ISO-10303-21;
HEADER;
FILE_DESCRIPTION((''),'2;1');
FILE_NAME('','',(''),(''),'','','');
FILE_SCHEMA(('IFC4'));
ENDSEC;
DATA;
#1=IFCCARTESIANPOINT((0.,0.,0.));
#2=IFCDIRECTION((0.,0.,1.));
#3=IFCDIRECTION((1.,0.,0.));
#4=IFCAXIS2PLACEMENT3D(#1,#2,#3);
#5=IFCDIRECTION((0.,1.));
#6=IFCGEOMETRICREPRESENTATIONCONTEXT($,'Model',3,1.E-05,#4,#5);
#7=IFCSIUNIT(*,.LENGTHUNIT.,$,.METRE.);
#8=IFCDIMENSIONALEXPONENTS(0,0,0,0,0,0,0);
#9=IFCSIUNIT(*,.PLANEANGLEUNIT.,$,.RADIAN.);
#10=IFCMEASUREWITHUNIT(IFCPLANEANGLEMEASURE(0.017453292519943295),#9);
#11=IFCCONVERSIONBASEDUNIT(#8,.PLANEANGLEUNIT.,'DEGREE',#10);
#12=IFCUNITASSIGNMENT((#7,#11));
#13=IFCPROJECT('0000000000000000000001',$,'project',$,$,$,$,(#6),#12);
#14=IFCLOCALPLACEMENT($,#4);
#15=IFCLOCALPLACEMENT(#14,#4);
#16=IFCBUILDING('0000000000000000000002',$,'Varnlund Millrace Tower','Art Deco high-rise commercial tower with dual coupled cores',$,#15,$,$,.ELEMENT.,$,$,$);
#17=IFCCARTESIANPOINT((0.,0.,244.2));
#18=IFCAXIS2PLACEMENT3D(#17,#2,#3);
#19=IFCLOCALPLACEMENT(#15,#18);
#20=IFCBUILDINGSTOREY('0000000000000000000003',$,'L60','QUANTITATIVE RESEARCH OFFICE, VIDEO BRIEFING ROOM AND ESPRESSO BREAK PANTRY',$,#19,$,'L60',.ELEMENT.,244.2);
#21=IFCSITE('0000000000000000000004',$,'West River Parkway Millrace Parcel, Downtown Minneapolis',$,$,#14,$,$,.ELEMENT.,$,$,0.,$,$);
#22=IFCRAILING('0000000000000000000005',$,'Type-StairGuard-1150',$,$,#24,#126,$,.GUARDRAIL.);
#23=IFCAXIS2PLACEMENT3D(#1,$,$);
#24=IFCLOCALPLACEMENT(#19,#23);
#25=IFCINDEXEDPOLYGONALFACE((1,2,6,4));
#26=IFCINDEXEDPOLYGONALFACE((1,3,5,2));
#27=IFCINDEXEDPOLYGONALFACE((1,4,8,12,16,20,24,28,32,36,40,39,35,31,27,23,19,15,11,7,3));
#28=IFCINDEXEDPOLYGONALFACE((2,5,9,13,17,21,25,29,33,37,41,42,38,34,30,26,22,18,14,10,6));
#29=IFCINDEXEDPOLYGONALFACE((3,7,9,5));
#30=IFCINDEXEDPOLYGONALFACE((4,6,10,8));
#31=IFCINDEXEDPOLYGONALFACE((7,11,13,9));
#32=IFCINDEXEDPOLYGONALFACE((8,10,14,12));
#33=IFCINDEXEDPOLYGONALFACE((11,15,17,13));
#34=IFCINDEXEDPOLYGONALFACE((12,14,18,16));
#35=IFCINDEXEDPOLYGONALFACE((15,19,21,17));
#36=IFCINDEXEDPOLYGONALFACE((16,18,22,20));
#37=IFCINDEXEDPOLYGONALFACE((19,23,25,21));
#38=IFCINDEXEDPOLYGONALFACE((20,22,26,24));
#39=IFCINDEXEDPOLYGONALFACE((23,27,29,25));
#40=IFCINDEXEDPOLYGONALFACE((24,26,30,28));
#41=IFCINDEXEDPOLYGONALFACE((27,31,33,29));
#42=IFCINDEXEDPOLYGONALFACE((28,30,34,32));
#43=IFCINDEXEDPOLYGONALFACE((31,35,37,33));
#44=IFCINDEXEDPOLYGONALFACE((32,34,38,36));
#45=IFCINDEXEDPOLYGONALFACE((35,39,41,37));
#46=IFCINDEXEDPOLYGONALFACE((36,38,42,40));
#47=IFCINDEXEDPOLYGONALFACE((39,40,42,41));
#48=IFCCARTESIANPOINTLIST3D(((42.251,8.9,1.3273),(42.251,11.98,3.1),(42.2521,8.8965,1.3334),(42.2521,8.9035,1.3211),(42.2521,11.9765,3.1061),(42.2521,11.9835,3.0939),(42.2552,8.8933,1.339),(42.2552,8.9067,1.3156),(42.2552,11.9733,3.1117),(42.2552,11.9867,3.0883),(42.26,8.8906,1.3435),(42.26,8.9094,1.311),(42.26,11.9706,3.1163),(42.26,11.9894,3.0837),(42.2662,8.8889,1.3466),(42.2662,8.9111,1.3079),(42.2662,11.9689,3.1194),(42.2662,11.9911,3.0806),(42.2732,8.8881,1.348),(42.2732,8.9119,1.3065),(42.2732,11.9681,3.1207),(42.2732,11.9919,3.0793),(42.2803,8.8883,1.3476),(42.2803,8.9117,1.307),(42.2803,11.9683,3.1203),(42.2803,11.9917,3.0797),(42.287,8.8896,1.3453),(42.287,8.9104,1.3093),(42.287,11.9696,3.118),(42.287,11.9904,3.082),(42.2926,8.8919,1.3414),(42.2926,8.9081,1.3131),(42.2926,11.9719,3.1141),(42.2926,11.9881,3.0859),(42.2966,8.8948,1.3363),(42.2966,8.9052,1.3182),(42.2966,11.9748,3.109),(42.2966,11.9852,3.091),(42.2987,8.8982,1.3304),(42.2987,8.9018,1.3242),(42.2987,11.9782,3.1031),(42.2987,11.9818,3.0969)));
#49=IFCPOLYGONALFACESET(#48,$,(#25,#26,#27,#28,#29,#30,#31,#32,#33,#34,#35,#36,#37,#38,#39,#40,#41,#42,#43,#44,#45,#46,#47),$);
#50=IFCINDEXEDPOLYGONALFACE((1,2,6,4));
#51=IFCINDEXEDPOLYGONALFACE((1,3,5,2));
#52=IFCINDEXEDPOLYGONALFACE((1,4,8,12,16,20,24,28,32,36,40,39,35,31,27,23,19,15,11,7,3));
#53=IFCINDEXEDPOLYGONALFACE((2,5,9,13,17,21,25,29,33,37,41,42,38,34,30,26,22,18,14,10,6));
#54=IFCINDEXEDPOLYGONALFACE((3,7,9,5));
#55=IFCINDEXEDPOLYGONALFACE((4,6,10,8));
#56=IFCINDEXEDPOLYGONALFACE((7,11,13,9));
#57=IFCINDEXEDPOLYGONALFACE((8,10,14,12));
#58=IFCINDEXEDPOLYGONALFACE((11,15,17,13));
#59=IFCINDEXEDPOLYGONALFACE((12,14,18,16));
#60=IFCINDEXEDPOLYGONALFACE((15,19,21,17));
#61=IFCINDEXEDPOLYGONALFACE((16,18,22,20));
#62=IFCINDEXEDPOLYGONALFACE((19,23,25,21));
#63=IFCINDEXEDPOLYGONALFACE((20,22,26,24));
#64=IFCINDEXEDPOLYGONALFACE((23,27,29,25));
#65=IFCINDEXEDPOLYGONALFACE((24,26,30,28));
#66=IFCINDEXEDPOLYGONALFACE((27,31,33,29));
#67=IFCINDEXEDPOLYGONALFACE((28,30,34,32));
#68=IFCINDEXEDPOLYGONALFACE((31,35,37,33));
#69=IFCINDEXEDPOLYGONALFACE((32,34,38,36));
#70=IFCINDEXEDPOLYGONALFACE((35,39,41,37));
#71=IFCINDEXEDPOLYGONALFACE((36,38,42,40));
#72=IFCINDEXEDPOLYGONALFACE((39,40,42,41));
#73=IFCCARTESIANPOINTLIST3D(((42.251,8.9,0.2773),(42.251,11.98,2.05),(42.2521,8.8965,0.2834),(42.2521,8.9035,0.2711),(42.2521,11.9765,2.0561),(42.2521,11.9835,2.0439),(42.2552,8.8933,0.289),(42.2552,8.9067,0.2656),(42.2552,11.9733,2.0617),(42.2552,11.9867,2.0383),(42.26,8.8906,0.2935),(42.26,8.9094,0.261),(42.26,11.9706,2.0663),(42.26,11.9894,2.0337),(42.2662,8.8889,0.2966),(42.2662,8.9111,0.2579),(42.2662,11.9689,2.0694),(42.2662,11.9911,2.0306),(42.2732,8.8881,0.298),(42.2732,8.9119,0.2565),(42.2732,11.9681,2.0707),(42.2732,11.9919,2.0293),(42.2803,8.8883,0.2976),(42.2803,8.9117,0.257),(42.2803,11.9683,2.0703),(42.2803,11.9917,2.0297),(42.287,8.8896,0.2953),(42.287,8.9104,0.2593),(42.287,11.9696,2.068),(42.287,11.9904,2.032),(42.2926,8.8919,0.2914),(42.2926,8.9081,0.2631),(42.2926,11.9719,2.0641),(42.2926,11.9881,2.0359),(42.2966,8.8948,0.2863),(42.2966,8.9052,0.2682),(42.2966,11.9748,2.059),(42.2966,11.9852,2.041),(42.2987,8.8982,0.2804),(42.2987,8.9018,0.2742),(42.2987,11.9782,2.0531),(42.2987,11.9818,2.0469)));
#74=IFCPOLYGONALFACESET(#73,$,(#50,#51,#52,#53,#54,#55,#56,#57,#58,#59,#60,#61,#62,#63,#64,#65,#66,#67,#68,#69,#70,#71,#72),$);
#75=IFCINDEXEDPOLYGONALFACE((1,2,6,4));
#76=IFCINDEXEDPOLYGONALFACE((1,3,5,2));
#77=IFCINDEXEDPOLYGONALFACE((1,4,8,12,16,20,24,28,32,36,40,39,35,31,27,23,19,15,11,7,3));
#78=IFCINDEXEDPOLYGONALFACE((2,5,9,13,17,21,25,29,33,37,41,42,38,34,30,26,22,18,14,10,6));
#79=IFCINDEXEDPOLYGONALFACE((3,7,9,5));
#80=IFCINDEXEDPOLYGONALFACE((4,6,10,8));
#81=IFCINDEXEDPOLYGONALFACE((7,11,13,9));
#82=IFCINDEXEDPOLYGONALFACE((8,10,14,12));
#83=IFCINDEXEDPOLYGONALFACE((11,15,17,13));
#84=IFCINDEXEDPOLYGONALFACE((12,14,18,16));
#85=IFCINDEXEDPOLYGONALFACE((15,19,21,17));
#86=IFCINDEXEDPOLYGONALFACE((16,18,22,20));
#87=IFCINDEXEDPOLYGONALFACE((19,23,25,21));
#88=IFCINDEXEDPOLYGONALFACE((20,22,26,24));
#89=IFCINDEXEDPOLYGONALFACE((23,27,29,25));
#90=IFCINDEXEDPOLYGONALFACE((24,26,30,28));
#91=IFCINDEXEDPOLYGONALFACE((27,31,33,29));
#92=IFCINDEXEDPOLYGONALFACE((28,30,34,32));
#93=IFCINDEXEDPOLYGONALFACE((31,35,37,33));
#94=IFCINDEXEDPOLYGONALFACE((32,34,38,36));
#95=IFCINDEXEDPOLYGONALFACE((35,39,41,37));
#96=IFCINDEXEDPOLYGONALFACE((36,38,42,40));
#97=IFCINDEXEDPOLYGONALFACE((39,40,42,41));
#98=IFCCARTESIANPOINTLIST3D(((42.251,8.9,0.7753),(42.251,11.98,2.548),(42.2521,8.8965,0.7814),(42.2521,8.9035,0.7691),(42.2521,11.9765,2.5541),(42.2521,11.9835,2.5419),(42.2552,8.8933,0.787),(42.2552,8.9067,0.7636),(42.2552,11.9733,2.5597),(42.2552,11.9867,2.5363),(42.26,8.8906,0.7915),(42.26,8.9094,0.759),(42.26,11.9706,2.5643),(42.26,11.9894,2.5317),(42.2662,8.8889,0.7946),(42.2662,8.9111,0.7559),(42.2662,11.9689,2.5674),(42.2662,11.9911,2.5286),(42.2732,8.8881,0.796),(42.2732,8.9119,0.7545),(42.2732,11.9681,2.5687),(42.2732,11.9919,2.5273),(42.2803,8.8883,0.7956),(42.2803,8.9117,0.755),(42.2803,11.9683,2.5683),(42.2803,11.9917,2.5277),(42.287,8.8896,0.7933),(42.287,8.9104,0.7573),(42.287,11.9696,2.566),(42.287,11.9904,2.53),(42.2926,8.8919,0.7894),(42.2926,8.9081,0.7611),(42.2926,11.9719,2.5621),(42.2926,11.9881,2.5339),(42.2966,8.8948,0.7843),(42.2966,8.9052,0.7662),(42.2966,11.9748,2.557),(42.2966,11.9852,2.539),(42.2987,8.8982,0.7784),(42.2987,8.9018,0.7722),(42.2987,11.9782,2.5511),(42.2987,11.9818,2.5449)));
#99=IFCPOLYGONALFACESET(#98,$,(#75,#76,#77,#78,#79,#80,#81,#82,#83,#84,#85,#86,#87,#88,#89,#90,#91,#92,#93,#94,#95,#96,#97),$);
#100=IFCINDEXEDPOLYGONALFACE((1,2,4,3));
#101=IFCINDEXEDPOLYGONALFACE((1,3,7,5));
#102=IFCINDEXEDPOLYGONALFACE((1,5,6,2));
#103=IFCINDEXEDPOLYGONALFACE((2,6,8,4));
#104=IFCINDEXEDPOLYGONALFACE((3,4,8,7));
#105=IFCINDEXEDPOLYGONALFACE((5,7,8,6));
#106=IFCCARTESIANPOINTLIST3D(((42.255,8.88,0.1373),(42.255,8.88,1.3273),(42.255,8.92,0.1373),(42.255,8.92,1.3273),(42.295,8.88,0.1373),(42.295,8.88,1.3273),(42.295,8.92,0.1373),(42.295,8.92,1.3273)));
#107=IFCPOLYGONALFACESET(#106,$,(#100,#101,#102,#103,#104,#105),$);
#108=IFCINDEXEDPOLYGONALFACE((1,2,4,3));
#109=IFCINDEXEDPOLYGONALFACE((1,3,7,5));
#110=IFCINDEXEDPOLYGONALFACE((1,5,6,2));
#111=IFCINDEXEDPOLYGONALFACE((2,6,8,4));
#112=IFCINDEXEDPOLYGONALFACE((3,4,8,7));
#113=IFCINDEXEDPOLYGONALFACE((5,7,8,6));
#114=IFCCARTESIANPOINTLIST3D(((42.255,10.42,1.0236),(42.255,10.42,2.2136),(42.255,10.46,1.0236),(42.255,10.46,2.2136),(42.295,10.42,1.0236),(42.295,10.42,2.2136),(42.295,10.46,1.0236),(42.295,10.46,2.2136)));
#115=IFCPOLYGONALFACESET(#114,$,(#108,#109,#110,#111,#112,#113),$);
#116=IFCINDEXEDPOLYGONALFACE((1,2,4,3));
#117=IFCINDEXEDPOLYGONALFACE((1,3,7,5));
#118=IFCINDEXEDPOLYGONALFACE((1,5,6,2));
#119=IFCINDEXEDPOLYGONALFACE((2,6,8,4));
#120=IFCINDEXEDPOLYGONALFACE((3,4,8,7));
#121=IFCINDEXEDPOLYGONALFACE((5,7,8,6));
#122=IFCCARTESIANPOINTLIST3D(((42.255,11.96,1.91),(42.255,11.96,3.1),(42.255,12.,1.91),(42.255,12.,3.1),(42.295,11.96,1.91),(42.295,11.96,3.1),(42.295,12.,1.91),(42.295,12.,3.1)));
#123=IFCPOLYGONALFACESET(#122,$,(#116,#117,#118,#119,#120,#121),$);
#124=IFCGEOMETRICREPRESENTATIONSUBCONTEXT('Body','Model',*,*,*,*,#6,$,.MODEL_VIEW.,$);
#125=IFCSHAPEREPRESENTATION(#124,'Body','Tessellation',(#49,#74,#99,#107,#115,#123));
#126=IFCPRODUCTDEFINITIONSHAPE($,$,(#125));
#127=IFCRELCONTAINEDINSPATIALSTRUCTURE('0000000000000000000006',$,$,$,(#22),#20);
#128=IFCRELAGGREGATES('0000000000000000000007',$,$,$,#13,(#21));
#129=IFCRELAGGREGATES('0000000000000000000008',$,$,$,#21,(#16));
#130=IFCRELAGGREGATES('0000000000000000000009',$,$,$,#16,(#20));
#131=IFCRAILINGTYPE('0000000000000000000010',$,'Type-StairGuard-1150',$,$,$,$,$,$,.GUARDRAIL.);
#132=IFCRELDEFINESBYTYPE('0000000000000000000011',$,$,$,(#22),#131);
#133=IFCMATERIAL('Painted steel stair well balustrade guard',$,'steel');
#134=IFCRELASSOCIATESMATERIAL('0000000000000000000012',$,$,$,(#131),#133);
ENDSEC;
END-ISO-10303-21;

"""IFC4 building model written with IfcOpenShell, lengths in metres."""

from ifc_helpers import new_model, entity, si_unit, converted_unit, direction, frame, origin_with_axes, origin_2d_with_axis, place, context, subcontext, project, spatial, rectangle, circle, extrude, material, type_object, element, save


model = new_model("IFC4")

# Units and contexts
model_context = context("Model", 3, precision=1e-05, world=origin_with_axes(), true_north=direction((0.0, 1.0)))
body_context = subcontext(model_context, "Body", "Model", "MODEL_VIEW")
ifc_project = project(units=[si_unit("LENGTHUNIT", "METRE"), converted_unit("PLANEANGLEUNIT", "DEGREE", entity("IfcPlaneAngleMeasure", 0.017453292519943295), si_unit("PLANEANGLEUNIT", "RADIAN"), dimensions=[0, 0, 0, 0, 0, 0, 0])], contexts=[model_context])

# Site, building, storey
site_placement = place(None, origin_with_axes())
site = spatial("IfcSite", under=ifc_project, at=site_placement, Name="West River Parkway Millrace Parcel, Downtown Minneapolis", CompositionType="ELEMENT", RefElevation=0.0)
building_placement = place(site_placement, origin_with_axes())
building = spatial("IfcBuilding", under=site, at=building_placement, Name="Varnlund Millrace Tower", Description="Art Deco high-rise commercial tower with dual coupled cores", CompositionType="ELEMENT")
storey_placement = place(building_placement, frame((0.0, 0.0, 244.2), z_axis=(0.0, 0.0, 1.0), x_axis=(1.0, 0.0, 0.0)))
storey = spatial("IfcBuildingStorey", under=building, at=storey_placement, Name="L60", Description="QUANTITATIVE RESEARCH OFFICE, VIDEO BRIEFING ROOM AND ESPRESSO BREAK PANTRY", LongName="L60", CompositionType="ELEMENT", Elevation=244.2)

# Railing
ifc_material_1 = material(Name="Painted steel stair well balustrade guard", Category="steel")
railing_type_1 = type_object("IfcRailingType", Name="Type-StairGuard-1150", PredefinedType="GUARDRAIL", material=ifc_material_1)
railing_1_placement = place(storey_placement, frame((0.0, 0.0, -244.2), z_axis=(0.0, 0.0, 1.0), x_axis=(1.0, 0.0, 0.0)))
element("IfcRailing", 1, at=railing_1_placement, inside=storey, type_object=railing_type_1, Name="Type-StairGuard-1150", PredefinedType="GUARDRAIL", context=body_context, shape_type="SweptSolid", body=[
    extrude(circle(Radius=0.024, at=origin_2d_with_axis()), frame((42.275, 8.9, 245.5273), z_axis=(0.0, 0.866696, 0.498836), x_axis=(-1.0, 0.0, 0.0)), (0.0, 0.0, 1.0), 3.5537),
    extrude(circle(Radius=0.024, at=origin_2d_with_axis()), frame((42.275, 8.9, 244.4773), z_axis=(0.0, 0.866696, 0.498836), x_axis=(-1.0, 0.0, 0.0)), (0.0, 0.0, 1.0), 3.5537),
    extrude(circle(Radius=0.024, at=origin_2d_with_axis()), frame((42.275, 8.9, 244.9753), z_axis=(0.0, 0.866696, 0.498836), x_axis=(-1.0, 0.0, 0.0)), (0.0, 0.0, 1.0), 3.5537),
    extrude(rectangle(XDim=0.04, YDim=0.04, at=origin_2d_with_axis()), frame((42.275, 8.9, 244.3373), z_axis=(0.0, 0.0, 1.0), x_axis=(1.0, 0.0, 0.0)), (0.0, 0.0, 1.0), 1.19),
    extrude(rectangle(XDim=0.04, YDim=0.04, at=origin_2d_with_axis()), frame((42.275, 10.44, 245.2236), z_axis=(0.0, 0.0, 1.0), x_axis=(1.0, 0.0, 0.0)), (0.0, 0.0, 1.0), 1.19),
    extrude(rectangle(XDim=0.04, YDim=0.04, at=origin_2d_with_axis()), frame((42.275, 11.98, 246.11), z_axis=(0.0, 0.0, 1.0), x_axis=(1.0, 0.0, 0.0)), (0.0, 0.0, 1.0), 1.19),
])

save(model, "model.ifc")
